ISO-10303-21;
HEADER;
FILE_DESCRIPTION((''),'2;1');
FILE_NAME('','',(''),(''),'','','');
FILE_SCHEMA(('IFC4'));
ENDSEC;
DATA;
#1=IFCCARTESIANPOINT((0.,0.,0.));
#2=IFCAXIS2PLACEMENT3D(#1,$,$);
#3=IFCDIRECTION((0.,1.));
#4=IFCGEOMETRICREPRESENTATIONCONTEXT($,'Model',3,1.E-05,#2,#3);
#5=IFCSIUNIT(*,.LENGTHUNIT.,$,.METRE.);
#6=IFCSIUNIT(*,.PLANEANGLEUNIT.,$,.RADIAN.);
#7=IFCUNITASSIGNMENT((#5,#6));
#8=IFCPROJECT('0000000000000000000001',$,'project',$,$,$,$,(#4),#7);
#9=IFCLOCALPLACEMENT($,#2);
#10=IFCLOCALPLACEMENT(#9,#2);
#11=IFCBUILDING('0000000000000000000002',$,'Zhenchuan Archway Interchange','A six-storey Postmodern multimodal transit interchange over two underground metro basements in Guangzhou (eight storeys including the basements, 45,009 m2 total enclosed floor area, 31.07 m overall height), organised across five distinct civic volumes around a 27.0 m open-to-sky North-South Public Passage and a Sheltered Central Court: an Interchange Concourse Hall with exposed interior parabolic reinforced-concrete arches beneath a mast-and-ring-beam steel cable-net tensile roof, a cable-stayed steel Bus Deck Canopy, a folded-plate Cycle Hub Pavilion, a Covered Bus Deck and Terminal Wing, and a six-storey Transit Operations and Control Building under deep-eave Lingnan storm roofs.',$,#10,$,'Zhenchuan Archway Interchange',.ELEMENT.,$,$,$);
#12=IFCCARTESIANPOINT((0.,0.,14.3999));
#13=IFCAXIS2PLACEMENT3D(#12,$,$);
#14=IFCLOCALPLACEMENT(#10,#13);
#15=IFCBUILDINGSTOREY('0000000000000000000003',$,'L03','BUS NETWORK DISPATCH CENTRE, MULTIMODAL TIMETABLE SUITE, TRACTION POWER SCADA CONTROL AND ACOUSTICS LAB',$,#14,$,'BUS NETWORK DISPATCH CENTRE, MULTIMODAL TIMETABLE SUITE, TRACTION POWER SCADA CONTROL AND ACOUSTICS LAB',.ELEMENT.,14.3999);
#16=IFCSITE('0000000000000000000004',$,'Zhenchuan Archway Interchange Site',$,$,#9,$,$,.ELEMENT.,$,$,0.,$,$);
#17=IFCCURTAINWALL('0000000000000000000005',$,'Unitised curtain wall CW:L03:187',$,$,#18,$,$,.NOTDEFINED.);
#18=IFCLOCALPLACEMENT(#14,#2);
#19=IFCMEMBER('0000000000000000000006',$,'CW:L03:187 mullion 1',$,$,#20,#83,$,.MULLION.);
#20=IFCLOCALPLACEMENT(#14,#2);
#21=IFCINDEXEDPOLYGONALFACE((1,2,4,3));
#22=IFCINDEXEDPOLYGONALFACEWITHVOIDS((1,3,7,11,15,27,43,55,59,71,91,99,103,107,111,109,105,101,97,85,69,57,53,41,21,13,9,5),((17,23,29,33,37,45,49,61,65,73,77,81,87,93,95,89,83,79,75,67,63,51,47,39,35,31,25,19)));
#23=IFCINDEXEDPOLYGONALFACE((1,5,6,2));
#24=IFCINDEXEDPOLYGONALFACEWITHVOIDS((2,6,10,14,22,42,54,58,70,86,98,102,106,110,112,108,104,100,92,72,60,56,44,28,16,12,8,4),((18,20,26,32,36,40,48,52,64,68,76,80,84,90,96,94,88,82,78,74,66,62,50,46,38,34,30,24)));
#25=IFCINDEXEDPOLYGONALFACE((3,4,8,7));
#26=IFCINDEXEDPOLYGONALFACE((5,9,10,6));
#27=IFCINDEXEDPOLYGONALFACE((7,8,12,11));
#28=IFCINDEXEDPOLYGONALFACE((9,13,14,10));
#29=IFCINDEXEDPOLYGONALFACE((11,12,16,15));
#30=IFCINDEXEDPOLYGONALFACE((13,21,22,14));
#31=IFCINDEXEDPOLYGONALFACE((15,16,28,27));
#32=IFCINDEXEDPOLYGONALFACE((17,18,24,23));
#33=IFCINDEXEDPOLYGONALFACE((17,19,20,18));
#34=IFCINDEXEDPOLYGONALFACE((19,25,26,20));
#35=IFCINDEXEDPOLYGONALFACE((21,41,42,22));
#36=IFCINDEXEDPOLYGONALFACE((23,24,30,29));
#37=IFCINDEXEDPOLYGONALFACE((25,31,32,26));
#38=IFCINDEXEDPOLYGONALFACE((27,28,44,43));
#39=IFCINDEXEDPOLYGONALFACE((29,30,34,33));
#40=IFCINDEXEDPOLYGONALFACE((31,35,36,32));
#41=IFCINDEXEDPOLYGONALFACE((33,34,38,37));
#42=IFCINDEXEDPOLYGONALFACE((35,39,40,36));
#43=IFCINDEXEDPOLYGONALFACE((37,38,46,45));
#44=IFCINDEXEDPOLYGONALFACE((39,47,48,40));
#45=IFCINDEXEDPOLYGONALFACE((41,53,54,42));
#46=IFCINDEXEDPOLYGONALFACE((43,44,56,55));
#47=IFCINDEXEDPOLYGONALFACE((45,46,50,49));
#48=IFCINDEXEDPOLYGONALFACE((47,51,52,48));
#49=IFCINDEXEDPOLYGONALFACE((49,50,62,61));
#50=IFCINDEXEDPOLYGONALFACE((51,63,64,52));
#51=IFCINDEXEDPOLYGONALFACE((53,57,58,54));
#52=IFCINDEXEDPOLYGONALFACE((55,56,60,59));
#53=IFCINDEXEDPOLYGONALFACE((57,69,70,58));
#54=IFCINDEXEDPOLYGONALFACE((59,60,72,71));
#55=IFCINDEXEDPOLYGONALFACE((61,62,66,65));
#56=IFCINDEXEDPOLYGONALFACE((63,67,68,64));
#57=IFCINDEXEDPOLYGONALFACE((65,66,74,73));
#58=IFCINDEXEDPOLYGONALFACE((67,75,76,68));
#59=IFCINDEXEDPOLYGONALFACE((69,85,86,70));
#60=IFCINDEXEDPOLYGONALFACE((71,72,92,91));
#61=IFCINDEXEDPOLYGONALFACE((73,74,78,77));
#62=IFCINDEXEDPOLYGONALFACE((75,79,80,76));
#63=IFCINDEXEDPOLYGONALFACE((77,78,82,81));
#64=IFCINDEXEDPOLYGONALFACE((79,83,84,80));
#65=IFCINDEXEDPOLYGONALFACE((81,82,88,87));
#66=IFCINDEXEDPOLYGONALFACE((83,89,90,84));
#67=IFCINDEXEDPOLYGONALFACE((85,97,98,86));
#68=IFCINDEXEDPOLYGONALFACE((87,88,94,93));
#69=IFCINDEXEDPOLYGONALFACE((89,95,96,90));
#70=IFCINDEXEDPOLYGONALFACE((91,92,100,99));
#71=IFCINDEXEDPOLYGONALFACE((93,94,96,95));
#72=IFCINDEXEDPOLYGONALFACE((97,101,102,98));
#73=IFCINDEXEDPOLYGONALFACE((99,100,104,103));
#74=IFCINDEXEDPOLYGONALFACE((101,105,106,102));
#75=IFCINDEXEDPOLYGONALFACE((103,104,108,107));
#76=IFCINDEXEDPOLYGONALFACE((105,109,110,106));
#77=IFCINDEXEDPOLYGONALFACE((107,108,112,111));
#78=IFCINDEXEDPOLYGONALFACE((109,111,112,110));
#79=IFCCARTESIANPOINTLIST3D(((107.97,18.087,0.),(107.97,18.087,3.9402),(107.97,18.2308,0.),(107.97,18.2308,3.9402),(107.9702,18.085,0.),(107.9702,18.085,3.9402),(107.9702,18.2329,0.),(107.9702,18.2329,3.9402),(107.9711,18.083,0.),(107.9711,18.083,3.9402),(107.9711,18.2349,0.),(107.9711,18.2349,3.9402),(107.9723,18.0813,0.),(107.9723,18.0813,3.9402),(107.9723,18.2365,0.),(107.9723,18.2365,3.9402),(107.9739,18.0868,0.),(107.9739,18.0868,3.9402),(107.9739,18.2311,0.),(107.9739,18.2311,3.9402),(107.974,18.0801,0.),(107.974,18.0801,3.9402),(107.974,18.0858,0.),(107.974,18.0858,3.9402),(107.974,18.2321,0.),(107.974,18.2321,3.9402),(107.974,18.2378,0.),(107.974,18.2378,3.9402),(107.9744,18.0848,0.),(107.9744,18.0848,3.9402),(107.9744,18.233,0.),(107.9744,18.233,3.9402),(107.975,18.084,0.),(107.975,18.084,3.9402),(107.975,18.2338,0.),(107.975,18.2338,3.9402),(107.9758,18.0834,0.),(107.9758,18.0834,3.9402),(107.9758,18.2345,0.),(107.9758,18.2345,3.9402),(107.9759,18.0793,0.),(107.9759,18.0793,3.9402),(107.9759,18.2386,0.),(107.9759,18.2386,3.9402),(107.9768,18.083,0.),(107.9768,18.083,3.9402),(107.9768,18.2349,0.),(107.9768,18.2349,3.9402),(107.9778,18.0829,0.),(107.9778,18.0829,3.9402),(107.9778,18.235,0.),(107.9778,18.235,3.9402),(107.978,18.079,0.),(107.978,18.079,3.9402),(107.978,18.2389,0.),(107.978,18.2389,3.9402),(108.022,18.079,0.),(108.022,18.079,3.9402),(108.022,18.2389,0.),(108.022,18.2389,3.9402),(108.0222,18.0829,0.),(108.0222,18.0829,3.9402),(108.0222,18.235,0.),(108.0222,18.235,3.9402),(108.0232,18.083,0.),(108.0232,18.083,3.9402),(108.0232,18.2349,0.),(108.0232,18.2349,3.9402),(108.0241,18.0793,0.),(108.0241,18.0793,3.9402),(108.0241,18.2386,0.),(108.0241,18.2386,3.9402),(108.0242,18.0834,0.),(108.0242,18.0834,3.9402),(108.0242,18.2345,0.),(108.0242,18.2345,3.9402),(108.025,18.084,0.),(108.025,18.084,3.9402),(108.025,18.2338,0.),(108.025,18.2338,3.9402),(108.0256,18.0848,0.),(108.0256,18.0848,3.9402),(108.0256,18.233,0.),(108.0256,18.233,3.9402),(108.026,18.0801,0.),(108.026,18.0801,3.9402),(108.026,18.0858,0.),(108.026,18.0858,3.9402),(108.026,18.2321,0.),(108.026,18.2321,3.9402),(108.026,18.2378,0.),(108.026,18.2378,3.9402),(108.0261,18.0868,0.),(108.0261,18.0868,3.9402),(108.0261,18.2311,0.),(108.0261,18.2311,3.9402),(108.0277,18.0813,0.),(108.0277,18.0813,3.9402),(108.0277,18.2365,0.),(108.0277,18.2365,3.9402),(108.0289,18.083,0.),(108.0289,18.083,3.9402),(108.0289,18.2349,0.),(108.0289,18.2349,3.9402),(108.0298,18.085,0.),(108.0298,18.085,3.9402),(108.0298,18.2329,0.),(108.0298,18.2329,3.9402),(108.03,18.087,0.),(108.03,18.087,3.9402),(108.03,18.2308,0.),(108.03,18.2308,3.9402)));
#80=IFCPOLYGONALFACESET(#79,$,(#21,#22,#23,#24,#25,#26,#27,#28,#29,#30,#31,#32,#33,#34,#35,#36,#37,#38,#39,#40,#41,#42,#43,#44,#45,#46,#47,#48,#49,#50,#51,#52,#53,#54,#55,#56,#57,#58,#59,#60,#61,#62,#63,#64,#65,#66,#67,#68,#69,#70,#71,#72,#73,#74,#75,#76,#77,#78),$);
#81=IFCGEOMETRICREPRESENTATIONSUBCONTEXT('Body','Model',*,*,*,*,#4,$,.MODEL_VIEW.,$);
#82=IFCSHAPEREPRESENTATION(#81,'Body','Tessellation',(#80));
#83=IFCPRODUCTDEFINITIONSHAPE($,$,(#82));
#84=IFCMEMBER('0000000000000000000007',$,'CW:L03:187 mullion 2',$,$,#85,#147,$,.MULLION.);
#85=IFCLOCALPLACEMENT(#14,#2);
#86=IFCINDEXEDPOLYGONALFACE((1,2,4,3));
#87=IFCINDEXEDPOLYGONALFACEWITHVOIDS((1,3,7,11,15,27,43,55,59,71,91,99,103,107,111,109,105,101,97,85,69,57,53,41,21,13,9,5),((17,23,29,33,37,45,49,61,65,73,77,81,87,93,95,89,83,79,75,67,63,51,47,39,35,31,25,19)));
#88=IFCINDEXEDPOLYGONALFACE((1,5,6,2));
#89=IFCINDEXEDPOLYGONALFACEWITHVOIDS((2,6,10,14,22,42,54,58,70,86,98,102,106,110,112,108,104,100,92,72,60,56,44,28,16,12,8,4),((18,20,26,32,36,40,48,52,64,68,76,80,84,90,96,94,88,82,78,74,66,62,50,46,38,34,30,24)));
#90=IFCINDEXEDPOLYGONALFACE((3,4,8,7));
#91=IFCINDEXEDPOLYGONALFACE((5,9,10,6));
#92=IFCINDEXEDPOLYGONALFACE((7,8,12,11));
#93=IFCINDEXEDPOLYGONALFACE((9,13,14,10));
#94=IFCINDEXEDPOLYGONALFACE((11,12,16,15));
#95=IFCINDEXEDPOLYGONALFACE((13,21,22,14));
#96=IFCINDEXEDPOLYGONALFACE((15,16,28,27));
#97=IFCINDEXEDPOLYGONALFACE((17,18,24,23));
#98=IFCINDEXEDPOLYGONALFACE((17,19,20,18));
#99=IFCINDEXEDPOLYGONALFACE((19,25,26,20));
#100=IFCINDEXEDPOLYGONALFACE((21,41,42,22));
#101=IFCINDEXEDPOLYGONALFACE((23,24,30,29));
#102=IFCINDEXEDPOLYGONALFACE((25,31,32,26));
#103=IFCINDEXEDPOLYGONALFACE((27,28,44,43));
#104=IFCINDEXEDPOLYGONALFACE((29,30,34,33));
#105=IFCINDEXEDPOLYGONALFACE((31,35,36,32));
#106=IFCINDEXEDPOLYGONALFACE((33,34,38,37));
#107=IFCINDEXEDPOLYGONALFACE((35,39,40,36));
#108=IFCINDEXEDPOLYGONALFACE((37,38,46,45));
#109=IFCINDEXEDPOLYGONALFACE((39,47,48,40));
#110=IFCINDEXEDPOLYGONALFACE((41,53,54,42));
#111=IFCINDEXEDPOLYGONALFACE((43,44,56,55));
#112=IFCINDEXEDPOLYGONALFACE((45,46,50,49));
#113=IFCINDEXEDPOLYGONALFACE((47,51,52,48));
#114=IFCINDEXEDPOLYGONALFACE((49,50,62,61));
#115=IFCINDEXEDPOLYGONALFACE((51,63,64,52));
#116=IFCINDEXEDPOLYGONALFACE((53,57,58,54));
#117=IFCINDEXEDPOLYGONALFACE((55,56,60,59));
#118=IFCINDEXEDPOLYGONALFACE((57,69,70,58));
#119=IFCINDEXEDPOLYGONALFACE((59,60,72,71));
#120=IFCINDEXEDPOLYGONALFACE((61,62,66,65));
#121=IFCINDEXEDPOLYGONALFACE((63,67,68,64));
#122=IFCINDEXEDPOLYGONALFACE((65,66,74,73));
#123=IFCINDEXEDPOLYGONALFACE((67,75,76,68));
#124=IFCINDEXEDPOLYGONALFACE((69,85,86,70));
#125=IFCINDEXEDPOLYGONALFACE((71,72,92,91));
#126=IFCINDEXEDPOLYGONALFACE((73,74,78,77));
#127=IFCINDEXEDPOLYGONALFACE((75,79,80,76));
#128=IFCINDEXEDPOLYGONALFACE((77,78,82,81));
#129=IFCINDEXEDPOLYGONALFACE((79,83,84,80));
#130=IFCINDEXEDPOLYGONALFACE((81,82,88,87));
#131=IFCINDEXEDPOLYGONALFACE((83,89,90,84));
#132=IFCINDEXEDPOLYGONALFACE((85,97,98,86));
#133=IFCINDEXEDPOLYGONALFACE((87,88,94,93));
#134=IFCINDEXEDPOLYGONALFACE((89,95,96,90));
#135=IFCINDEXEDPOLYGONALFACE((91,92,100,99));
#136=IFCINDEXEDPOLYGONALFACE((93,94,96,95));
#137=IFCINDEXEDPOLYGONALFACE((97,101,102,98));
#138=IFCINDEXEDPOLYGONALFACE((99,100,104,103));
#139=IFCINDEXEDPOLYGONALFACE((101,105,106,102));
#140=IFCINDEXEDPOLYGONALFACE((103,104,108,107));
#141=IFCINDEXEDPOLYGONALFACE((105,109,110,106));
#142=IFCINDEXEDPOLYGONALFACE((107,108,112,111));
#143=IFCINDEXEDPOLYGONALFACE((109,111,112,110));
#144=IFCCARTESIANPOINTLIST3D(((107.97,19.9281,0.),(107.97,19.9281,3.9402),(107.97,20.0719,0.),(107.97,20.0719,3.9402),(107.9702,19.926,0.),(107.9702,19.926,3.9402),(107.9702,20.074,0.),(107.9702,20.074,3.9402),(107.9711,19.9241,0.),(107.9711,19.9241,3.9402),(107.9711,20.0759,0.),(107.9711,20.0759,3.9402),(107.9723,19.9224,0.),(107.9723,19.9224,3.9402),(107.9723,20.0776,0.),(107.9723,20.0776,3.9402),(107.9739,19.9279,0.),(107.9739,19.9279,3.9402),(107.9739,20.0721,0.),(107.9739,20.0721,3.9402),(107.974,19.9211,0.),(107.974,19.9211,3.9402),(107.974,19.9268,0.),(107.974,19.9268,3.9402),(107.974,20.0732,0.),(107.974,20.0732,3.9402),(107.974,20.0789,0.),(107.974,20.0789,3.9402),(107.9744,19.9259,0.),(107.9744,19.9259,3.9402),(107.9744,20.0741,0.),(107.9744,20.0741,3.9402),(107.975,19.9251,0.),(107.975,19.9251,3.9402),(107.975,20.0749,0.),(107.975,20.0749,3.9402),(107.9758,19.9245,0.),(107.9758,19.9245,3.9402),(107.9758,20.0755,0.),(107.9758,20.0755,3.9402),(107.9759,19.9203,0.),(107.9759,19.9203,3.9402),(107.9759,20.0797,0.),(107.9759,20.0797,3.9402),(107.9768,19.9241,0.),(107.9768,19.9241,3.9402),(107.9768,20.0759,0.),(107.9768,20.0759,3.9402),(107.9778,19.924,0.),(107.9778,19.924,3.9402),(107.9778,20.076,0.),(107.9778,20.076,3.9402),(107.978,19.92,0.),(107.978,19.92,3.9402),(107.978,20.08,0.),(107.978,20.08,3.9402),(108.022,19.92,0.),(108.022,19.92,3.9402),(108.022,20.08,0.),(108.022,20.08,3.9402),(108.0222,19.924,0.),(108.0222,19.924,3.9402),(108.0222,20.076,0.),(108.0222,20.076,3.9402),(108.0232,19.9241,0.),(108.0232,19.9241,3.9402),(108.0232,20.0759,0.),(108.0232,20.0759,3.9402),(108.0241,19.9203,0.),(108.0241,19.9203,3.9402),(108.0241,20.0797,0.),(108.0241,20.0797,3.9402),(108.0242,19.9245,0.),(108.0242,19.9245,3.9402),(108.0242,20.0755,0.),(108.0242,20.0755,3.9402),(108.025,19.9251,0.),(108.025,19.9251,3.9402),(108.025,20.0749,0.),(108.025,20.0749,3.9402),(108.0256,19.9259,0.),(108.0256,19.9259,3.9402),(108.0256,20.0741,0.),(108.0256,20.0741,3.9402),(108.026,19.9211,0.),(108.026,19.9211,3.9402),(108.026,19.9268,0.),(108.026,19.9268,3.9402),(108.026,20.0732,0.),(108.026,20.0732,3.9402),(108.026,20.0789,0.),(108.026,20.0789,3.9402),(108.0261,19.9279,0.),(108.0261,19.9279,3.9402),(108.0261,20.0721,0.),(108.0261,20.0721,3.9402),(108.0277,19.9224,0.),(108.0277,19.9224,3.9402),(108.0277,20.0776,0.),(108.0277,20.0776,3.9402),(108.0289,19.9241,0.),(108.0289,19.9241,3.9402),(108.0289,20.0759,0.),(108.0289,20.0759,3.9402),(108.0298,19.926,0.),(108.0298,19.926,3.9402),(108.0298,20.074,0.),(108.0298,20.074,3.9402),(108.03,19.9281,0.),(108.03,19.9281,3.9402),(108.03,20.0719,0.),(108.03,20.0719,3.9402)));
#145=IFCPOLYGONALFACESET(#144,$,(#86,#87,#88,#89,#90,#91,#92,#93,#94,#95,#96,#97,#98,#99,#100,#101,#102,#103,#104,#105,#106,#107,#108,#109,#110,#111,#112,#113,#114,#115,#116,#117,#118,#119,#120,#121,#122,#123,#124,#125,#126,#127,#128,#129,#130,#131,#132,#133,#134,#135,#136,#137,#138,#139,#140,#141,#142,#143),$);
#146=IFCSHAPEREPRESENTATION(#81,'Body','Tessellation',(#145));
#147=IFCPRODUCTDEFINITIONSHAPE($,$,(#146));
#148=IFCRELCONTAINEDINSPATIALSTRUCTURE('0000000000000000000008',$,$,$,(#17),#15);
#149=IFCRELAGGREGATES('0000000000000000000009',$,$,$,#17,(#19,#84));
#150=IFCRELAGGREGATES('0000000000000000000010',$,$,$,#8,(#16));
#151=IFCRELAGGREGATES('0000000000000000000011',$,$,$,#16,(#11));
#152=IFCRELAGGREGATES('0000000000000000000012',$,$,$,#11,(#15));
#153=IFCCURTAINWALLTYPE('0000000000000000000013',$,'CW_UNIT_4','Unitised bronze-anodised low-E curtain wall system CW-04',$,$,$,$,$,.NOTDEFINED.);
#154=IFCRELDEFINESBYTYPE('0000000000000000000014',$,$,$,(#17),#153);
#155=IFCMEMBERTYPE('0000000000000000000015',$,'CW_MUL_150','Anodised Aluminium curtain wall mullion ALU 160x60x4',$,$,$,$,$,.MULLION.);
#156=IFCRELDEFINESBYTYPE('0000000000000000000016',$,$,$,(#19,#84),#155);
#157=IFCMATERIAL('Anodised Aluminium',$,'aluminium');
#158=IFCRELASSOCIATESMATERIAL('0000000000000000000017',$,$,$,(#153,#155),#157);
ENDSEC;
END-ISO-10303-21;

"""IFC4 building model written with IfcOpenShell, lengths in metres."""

from ifc_helpers import new_model, si_unit, direction, frame, origin, origin_2d, place, context, subcontext, project, spatial, hollow_rectangle, extrude, material, material_profile, profile_set, type_object, element, aggregate, save


model = new_model("IFC4")

# Units and contexts
model_context = context("Model", 3, precision=1e-05, world=origin(), true_north=direction((0.0, 1.0)))
body_context = subcontext(model_context, "Body", "Model", "MODEL_VIEW")
ifc_project = project(units=[si_unit("LENGTHUNIT", "METRE"), si_unit("PLANEANGLEUNIT", "RADIAN")], contexts=[model_context])

# Site, building, storey
site_placement = place(None, origin())
site = spatial("IfcSite", under=ifc_project, at=site_placement, Name="Zhenchuan Archway Interchange Site", CompositionType="ELEMENT", RefElevation=0.0)
building_placement = place(site_placement, origin())
building = spatial("IfcBuilding", under=site, at=building_placement, Name="Zhenchuan Archway Interchange", Description="A six-storey Postmodern multimodal transit interchange over two underground metro basements in Guangzhou (eight storeys including the basements, 45,009 m2 total enclosed floor area, 31.07 m overall height), organised across five distinct civic volumes around a 27.0 m open-to-sky North-South Public Passage and a Sheltered Central Court: an Interchange Concourse Hall with exposed interior parabolic reinforced-concrete arches beneath a mast-and-ring-beam steel cable-net tensile roof, a cable-stayed steel Bus Deck Canopy, a folded-plate Cycle Hub Pavilion, a Covered Bus Deck and Terminal Wing, and a six-storey Transit Operations and Control Building under deep-eave Lingnan storm roofs.", LongName="Zhenchuan Archway Interchange", CompositionType="ELEMENT")
storey_placement = place(building_placement, frame((0.0, 0.0, 14.3999)))
storey = spatial("IfcBuildingStorey", under=building, at=storey_placement, Name="L03", Description="BUS NETWORK DISPATCH CENTRE, MULTIMODAL TIMETABLE SUITE, TRACTION POWER SCADA CONTROL AND ACOUSTICS LAB", LongName="BUS NETWORK DISPATCH CENTRE, MULTIMODAL TIMETABLE SUITE, TRACTION POWER SCADA CONTROL AND ACOUSTICS LAB", CompositionType="ELEMENT", Elevation=14.3999)

# Curtain wall, members
ifc_material_1 = material(Name="Anodised Aluminium", Category="aluminium")
curtain_wall_type = type_object("IfcCurtainWallType", Name="CW_UNIT_4", Description="Unitised bronze-anodised low-E curtain wall system CW-04", PredefinedType="NOTDEFINED", material=ifc_material_1)
curtain_wall_placement = place(storey_placement, origin())
curtain_wall = element("IfcCurtainWall", 1, at=curtain_wall_placement, inside=storey, type_object=curtain_wall_type, Name="Unitised curtain wall CW:L03:187", PredefinedType="NOTDEFINED")
ifc_material_profile_1 = material_profile(ifc_material_1, hollow_rectangle(XDim=0.0601, YDim=0.1599, WallThickness=0.0039, InnerFilletRadius=0.0039, OuterFilletRadius=0.0081, at=origin_2d()), Name="ALU 160x60x4")
ifc_profile_set_1 = profile_set([ifc_material_profile_1], Name="Anodised Aluminium")
member_type_1 = type_object("IfcMemberType", Name="CW_MUL_150", Description="Anodised Aluminium curtain wall mullion ALU 160x60x4", PredefinedType="MULLION", material=ifc_profile_set_1)
member_1_placement = place(storey_placement, frame((108.0, 18.1589, 0.0), z_axis=(0.0, 0.0, 1.0), x_axis=(1.0, 0.0, 0.0)))
member_1 = element("IfcMember", 2, at=member_1_placement, type_object=member_type_1, Name="CW:L03:187 mullion 1", PredefinedType="MULLION", context=body_context, shape_type="SweptSolid", body=[
    extrude(hollow_rectangle(XDim=0.0601, YDim=0.1599, WallThickness=0.0039, InnerFilletRadius=0.0039, OuterFilletRadius=0.0081, at=origin_2d()), origin(), (0.0, 0.0, 1.0), 3.9402),
])
member_2_placement = place(storey_placement, frame((108.0, 20.0, 0.0), z_axis=(0.0, 0.0, 1.0), x_axis=(1.0, 0.0, 0.0)))
member_2 = element("IfcMember", 3, at=member_2_placement, type_object=member_type_1, Name="CW:L03:187 mullion 2", PredefinedType="MULLION", context=body_context, shape_type="SweptSolid", body=[
    extrude(hollow_rectangle(XDim=0.0601, YDim=0.1599, WallThickness=0.0039, InnerFilletRadius=0.0039, OuterFilletRadius=0.0081, at=origin_2d()), origin(), (0.0, 0.0, 1.0), 3.9402),
])

aggregate(curtain_wall, [member_1, member_2])

save(model, "model.ifc")
